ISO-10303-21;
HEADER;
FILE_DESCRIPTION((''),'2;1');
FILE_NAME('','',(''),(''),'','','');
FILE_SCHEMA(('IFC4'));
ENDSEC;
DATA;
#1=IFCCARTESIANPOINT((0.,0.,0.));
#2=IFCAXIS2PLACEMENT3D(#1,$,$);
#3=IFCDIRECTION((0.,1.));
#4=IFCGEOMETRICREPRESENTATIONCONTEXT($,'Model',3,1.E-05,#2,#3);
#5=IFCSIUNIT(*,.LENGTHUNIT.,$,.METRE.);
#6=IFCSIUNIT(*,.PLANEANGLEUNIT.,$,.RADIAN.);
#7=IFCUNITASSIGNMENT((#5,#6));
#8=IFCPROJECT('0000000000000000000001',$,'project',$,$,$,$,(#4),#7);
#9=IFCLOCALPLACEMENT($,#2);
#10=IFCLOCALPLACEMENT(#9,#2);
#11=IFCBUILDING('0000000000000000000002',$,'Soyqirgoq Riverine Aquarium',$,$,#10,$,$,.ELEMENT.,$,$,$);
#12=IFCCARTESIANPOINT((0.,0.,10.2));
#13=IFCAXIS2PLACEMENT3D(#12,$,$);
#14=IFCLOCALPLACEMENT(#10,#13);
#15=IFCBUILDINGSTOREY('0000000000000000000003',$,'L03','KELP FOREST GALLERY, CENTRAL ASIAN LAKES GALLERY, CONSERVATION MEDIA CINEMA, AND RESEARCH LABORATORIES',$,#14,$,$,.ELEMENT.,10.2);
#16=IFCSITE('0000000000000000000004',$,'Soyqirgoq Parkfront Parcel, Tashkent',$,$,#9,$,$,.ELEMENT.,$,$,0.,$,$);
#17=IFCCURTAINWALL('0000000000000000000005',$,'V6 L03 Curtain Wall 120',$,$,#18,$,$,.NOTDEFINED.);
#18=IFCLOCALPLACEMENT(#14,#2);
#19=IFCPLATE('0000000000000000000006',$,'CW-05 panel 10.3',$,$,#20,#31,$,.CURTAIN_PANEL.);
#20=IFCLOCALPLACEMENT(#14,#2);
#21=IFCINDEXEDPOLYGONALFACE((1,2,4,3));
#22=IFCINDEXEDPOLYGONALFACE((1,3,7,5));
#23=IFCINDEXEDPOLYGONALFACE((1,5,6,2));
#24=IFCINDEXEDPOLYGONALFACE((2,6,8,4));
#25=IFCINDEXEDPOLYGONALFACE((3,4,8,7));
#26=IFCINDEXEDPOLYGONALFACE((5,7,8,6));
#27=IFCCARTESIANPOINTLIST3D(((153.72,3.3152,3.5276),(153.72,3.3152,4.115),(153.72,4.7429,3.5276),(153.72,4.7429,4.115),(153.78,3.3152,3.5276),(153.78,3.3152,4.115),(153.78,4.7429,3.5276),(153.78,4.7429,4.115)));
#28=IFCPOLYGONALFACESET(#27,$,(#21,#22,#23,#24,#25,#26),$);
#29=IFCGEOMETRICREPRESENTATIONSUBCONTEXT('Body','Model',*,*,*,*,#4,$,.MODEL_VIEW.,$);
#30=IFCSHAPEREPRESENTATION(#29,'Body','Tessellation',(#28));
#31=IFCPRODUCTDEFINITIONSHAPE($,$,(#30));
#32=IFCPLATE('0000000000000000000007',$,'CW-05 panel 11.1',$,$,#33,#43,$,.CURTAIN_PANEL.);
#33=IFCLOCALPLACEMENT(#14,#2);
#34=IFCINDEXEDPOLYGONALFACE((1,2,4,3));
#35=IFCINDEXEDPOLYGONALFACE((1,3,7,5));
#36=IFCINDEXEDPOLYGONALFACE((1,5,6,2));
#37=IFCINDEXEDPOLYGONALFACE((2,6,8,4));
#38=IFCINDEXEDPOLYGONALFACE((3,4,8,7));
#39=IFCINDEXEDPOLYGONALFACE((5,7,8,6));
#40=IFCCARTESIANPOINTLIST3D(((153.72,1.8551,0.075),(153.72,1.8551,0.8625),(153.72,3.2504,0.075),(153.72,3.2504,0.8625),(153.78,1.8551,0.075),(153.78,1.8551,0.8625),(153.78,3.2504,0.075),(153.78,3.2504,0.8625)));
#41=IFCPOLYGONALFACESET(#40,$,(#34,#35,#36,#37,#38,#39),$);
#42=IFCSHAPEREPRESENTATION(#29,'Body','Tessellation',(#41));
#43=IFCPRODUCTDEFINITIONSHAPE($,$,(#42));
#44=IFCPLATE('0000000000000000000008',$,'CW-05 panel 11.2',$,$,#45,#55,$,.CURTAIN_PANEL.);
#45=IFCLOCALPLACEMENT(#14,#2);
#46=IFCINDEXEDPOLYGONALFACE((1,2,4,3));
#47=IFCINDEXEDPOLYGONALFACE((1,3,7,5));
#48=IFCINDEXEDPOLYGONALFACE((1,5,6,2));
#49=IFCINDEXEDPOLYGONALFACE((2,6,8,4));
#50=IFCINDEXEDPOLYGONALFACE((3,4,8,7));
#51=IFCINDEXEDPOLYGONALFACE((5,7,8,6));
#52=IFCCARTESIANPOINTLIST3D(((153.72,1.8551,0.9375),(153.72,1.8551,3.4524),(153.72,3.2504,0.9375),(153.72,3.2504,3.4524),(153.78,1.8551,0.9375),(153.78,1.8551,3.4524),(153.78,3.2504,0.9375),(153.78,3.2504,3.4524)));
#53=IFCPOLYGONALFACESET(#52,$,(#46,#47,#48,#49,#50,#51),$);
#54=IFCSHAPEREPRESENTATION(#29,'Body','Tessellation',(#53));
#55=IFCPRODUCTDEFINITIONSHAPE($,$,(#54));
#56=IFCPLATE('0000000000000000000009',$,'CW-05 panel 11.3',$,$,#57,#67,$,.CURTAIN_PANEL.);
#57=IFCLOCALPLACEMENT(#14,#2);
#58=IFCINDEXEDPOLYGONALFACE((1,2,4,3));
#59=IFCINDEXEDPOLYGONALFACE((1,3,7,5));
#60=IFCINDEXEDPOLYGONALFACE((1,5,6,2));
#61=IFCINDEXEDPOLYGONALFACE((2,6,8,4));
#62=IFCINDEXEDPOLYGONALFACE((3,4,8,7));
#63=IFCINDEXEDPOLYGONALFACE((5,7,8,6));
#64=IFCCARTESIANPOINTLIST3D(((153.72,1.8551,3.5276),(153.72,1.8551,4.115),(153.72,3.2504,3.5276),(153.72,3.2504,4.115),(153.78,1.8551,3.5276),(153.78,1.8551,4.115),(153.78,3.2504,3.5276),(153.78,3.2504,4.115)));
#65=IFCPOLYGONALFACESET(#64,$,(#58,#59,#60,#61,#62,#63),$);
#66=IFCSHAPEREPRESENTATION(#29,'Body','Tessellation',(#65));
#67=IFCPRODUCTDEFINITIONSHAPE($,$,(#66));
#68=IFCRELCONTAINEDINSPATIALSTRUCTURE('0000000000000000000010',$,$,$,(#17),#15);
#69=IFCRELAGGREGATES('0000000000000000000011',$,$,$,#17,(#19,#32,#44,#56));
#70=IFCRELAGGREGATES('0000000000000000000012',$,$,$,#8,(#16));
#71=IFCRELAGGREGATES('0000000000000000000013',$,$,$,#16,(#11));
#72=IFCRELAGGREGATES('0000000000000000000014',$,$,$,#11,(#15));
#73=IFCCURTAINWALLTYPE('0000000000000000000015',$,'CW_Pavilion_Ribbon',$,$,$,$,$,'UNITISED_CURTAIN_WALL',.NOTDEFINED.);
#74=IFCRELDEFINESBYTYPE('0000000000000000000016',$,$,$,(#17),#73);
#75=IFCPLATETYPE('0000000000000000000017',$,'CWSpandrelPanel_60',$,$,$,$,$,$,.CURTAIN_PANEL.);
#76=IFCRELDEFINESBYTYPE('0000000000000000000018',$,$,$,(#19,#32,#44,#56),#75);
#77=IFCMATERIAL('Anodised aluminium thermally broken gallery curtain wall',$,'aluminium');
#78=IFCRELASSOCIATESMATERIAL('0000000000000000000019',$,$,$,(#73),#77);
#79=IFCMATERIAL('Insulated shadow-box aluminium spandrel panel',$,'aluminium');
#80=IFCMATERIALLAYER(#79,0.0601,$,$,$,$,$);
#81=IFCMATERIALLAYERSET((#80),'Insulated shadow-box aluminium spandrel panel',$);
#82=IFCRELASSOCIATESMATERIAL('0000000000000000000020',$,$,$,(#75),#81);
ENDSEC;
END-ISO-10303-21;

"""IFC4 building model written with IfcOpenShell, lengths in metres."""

from ifc_helpers import new_model, si_unit, direction, frame, origin, origin_2d, place, context, subcontext, project, spatial, rectangle, extrude, material, layer, layer_set, type_object, element, aggregate, save


model = new_model("IFC4")

# Units and contexts
model_context = context("Model", 3, precision=1e-05, world=origin(), true_north=direction((0.0, 1.0)))
body_context = subcontext(model_context, "Body", "Model", "MODEL_VIEW")
ifc_project = project(units=[si_unit("LENGTHUNIT", "METRE"), si_unit("PLANEANGLEUNIT", "RADIAN")], contexts=[model_context])

# Site, building, storey
site_placement = place(None, origin())
site = spatial("IfcSite", under=ifc_project, at=site_placement, Name="Soyqirgoq Parkfront Parcel, Tashkent", CompositionType="ELEMENT", RefElevation=0.0)
building_placement = place(site_placement, origin())
building = spatial("IfcBuilding", under=site, at=building_placement, Name="Soyqirgoq Riverine Aquarium", CompositionType="ELEMENT")
storey_placement = place(building_placement, frame((0.0, 0.0, 10.2)))
storey = spatial("IfcBuildingStorey", under=building, at=storey_placement, Name="L03", Description="KELP FOREST GALLERY, CENTRAL ASIAN LAKES GALLERY, CONSERVATION MEDIA CINEMA, AND RESEARCH LABORATORIES", CompositionType="ELEMENT", Elevation=10.2)

# Curtain wall, plates
ifc_material_1 = material(Name="Anodised aluminium thermally broken gallery curtain wall", Category="aluminium")
curtain_wall_type = type_object("IfcCurtainWallType", Name="CW_Pavilion_Ribbon", ElementType="UNITISED_CURTAIN_WALL", PredefinedType="NOTDEFINED", material=ifc_material_1)
curtain_wall_placement = place(storey_placement, origin())
curtain_wall = element("IfcCurtainWall", 1, at=curtain_wall_placement, inside=storey, type_object=curtain_wall_type, Name="V6 L03 Curtain Wall 120", PredefinedType="NOTDEFINED")
ifc_material_2 = material(Name="Insulated shadow-box aluminium spandrel panel", Category="aluminium")
ifc_layer = layer(ifc_material_2, 0.0601)
ifc_layer_set = layer_set([ifc_layer], Name="Insulated shadow-box aluminium spandrel panel")
plate_type = type_object("IfcPlateType", Name="CWSpandrelPanel_60", PredefinedType="CURTAIN_PANEL", material=ifc_layer_set)
plate_1_placement = place(storey_placement, frame((153.75, 4.0291, 3.5276), z_axis=(0.0, 0.0, 1.0), x_axis=(0.0, -1.0, 0.0)))
plate_1 = element("IfcPlate", 2, at=plate_1_placement, type_object=plate_type, Name="CW-05 panel 10.3", PredefinedType="CURTAIN_PANEL", context=body_context, shape_type="SweptSolid", body=[
    extrude(rectangle(XDim=1.4277, YDim=0.0601, at=origin_2d()), origin(), (0.0, 0.0, 1.0), 0.5874),
])
plate_2_placement = place(storey_placement, frame((153.75, 2.5527, 0.075), z_axis=(0.0, 0.0, 1.0), x_axis=(0.0, -1.0, 0.0)))
plate_2 = element("IfcPlate", 3, at=plate_2_placement, type_object=plate_type, Name="CW-05 panel 11.1", PredefinedType="CURTAIN_PANEL", context=body_context, shape_type="SweptSolid", body=[
    extrude(rectangle(XDim=1.3953, YDim=0.0601, at=origin_2d()), origin(), (0.0, 0.0, 1.0), 0.7876),
])
plate_3_placement = place(storey_placement, frame((153.75, 2.5527, 0.9375), z_axis=(0.0, 0.0, 1.0), x_axis=(0.0, -1.0, 0.0)))
plate_3 = element("IfcPlate", 4, at=plate_3_placement, type_object=plate_type, Name="CW-05 panel 11.2", PredefinedType="CURTAIN_PANEL", context=body_context, shape_type="SweptSolid", body=[
    extrude(rectangle(XDim=1.3953, YDim=0.0601, at=origin_2d()), origin(), (0.0, 0.0, 1.0), 2.5149),
])
plate_4_placement = place(storey_placement, frame((153.75, 2.5527, 3.5276), z_axis=(0.0, 0.0, 1.0), x_axis=(0.0, -1.0, 0.0)))
plate_4 = element("IfcPlate", 5, at=plate_4_placement, type_object=plate_type, Name="CW-05 panel 11.3", PredefinedType="CURTAIN_PANEL", context=body_context, shape_type="SweptSolid", body=[
    extrude(rectangle(XDim=1.3953, YDim=0.0601, at=origin_2d()), origin(), (0.0, 0.0, 1.0), 0.5874),
])
aggregate(curtain_wall, [plate_1, plate_2, plate_3, plate_4])

save(model, "model.ifc")
